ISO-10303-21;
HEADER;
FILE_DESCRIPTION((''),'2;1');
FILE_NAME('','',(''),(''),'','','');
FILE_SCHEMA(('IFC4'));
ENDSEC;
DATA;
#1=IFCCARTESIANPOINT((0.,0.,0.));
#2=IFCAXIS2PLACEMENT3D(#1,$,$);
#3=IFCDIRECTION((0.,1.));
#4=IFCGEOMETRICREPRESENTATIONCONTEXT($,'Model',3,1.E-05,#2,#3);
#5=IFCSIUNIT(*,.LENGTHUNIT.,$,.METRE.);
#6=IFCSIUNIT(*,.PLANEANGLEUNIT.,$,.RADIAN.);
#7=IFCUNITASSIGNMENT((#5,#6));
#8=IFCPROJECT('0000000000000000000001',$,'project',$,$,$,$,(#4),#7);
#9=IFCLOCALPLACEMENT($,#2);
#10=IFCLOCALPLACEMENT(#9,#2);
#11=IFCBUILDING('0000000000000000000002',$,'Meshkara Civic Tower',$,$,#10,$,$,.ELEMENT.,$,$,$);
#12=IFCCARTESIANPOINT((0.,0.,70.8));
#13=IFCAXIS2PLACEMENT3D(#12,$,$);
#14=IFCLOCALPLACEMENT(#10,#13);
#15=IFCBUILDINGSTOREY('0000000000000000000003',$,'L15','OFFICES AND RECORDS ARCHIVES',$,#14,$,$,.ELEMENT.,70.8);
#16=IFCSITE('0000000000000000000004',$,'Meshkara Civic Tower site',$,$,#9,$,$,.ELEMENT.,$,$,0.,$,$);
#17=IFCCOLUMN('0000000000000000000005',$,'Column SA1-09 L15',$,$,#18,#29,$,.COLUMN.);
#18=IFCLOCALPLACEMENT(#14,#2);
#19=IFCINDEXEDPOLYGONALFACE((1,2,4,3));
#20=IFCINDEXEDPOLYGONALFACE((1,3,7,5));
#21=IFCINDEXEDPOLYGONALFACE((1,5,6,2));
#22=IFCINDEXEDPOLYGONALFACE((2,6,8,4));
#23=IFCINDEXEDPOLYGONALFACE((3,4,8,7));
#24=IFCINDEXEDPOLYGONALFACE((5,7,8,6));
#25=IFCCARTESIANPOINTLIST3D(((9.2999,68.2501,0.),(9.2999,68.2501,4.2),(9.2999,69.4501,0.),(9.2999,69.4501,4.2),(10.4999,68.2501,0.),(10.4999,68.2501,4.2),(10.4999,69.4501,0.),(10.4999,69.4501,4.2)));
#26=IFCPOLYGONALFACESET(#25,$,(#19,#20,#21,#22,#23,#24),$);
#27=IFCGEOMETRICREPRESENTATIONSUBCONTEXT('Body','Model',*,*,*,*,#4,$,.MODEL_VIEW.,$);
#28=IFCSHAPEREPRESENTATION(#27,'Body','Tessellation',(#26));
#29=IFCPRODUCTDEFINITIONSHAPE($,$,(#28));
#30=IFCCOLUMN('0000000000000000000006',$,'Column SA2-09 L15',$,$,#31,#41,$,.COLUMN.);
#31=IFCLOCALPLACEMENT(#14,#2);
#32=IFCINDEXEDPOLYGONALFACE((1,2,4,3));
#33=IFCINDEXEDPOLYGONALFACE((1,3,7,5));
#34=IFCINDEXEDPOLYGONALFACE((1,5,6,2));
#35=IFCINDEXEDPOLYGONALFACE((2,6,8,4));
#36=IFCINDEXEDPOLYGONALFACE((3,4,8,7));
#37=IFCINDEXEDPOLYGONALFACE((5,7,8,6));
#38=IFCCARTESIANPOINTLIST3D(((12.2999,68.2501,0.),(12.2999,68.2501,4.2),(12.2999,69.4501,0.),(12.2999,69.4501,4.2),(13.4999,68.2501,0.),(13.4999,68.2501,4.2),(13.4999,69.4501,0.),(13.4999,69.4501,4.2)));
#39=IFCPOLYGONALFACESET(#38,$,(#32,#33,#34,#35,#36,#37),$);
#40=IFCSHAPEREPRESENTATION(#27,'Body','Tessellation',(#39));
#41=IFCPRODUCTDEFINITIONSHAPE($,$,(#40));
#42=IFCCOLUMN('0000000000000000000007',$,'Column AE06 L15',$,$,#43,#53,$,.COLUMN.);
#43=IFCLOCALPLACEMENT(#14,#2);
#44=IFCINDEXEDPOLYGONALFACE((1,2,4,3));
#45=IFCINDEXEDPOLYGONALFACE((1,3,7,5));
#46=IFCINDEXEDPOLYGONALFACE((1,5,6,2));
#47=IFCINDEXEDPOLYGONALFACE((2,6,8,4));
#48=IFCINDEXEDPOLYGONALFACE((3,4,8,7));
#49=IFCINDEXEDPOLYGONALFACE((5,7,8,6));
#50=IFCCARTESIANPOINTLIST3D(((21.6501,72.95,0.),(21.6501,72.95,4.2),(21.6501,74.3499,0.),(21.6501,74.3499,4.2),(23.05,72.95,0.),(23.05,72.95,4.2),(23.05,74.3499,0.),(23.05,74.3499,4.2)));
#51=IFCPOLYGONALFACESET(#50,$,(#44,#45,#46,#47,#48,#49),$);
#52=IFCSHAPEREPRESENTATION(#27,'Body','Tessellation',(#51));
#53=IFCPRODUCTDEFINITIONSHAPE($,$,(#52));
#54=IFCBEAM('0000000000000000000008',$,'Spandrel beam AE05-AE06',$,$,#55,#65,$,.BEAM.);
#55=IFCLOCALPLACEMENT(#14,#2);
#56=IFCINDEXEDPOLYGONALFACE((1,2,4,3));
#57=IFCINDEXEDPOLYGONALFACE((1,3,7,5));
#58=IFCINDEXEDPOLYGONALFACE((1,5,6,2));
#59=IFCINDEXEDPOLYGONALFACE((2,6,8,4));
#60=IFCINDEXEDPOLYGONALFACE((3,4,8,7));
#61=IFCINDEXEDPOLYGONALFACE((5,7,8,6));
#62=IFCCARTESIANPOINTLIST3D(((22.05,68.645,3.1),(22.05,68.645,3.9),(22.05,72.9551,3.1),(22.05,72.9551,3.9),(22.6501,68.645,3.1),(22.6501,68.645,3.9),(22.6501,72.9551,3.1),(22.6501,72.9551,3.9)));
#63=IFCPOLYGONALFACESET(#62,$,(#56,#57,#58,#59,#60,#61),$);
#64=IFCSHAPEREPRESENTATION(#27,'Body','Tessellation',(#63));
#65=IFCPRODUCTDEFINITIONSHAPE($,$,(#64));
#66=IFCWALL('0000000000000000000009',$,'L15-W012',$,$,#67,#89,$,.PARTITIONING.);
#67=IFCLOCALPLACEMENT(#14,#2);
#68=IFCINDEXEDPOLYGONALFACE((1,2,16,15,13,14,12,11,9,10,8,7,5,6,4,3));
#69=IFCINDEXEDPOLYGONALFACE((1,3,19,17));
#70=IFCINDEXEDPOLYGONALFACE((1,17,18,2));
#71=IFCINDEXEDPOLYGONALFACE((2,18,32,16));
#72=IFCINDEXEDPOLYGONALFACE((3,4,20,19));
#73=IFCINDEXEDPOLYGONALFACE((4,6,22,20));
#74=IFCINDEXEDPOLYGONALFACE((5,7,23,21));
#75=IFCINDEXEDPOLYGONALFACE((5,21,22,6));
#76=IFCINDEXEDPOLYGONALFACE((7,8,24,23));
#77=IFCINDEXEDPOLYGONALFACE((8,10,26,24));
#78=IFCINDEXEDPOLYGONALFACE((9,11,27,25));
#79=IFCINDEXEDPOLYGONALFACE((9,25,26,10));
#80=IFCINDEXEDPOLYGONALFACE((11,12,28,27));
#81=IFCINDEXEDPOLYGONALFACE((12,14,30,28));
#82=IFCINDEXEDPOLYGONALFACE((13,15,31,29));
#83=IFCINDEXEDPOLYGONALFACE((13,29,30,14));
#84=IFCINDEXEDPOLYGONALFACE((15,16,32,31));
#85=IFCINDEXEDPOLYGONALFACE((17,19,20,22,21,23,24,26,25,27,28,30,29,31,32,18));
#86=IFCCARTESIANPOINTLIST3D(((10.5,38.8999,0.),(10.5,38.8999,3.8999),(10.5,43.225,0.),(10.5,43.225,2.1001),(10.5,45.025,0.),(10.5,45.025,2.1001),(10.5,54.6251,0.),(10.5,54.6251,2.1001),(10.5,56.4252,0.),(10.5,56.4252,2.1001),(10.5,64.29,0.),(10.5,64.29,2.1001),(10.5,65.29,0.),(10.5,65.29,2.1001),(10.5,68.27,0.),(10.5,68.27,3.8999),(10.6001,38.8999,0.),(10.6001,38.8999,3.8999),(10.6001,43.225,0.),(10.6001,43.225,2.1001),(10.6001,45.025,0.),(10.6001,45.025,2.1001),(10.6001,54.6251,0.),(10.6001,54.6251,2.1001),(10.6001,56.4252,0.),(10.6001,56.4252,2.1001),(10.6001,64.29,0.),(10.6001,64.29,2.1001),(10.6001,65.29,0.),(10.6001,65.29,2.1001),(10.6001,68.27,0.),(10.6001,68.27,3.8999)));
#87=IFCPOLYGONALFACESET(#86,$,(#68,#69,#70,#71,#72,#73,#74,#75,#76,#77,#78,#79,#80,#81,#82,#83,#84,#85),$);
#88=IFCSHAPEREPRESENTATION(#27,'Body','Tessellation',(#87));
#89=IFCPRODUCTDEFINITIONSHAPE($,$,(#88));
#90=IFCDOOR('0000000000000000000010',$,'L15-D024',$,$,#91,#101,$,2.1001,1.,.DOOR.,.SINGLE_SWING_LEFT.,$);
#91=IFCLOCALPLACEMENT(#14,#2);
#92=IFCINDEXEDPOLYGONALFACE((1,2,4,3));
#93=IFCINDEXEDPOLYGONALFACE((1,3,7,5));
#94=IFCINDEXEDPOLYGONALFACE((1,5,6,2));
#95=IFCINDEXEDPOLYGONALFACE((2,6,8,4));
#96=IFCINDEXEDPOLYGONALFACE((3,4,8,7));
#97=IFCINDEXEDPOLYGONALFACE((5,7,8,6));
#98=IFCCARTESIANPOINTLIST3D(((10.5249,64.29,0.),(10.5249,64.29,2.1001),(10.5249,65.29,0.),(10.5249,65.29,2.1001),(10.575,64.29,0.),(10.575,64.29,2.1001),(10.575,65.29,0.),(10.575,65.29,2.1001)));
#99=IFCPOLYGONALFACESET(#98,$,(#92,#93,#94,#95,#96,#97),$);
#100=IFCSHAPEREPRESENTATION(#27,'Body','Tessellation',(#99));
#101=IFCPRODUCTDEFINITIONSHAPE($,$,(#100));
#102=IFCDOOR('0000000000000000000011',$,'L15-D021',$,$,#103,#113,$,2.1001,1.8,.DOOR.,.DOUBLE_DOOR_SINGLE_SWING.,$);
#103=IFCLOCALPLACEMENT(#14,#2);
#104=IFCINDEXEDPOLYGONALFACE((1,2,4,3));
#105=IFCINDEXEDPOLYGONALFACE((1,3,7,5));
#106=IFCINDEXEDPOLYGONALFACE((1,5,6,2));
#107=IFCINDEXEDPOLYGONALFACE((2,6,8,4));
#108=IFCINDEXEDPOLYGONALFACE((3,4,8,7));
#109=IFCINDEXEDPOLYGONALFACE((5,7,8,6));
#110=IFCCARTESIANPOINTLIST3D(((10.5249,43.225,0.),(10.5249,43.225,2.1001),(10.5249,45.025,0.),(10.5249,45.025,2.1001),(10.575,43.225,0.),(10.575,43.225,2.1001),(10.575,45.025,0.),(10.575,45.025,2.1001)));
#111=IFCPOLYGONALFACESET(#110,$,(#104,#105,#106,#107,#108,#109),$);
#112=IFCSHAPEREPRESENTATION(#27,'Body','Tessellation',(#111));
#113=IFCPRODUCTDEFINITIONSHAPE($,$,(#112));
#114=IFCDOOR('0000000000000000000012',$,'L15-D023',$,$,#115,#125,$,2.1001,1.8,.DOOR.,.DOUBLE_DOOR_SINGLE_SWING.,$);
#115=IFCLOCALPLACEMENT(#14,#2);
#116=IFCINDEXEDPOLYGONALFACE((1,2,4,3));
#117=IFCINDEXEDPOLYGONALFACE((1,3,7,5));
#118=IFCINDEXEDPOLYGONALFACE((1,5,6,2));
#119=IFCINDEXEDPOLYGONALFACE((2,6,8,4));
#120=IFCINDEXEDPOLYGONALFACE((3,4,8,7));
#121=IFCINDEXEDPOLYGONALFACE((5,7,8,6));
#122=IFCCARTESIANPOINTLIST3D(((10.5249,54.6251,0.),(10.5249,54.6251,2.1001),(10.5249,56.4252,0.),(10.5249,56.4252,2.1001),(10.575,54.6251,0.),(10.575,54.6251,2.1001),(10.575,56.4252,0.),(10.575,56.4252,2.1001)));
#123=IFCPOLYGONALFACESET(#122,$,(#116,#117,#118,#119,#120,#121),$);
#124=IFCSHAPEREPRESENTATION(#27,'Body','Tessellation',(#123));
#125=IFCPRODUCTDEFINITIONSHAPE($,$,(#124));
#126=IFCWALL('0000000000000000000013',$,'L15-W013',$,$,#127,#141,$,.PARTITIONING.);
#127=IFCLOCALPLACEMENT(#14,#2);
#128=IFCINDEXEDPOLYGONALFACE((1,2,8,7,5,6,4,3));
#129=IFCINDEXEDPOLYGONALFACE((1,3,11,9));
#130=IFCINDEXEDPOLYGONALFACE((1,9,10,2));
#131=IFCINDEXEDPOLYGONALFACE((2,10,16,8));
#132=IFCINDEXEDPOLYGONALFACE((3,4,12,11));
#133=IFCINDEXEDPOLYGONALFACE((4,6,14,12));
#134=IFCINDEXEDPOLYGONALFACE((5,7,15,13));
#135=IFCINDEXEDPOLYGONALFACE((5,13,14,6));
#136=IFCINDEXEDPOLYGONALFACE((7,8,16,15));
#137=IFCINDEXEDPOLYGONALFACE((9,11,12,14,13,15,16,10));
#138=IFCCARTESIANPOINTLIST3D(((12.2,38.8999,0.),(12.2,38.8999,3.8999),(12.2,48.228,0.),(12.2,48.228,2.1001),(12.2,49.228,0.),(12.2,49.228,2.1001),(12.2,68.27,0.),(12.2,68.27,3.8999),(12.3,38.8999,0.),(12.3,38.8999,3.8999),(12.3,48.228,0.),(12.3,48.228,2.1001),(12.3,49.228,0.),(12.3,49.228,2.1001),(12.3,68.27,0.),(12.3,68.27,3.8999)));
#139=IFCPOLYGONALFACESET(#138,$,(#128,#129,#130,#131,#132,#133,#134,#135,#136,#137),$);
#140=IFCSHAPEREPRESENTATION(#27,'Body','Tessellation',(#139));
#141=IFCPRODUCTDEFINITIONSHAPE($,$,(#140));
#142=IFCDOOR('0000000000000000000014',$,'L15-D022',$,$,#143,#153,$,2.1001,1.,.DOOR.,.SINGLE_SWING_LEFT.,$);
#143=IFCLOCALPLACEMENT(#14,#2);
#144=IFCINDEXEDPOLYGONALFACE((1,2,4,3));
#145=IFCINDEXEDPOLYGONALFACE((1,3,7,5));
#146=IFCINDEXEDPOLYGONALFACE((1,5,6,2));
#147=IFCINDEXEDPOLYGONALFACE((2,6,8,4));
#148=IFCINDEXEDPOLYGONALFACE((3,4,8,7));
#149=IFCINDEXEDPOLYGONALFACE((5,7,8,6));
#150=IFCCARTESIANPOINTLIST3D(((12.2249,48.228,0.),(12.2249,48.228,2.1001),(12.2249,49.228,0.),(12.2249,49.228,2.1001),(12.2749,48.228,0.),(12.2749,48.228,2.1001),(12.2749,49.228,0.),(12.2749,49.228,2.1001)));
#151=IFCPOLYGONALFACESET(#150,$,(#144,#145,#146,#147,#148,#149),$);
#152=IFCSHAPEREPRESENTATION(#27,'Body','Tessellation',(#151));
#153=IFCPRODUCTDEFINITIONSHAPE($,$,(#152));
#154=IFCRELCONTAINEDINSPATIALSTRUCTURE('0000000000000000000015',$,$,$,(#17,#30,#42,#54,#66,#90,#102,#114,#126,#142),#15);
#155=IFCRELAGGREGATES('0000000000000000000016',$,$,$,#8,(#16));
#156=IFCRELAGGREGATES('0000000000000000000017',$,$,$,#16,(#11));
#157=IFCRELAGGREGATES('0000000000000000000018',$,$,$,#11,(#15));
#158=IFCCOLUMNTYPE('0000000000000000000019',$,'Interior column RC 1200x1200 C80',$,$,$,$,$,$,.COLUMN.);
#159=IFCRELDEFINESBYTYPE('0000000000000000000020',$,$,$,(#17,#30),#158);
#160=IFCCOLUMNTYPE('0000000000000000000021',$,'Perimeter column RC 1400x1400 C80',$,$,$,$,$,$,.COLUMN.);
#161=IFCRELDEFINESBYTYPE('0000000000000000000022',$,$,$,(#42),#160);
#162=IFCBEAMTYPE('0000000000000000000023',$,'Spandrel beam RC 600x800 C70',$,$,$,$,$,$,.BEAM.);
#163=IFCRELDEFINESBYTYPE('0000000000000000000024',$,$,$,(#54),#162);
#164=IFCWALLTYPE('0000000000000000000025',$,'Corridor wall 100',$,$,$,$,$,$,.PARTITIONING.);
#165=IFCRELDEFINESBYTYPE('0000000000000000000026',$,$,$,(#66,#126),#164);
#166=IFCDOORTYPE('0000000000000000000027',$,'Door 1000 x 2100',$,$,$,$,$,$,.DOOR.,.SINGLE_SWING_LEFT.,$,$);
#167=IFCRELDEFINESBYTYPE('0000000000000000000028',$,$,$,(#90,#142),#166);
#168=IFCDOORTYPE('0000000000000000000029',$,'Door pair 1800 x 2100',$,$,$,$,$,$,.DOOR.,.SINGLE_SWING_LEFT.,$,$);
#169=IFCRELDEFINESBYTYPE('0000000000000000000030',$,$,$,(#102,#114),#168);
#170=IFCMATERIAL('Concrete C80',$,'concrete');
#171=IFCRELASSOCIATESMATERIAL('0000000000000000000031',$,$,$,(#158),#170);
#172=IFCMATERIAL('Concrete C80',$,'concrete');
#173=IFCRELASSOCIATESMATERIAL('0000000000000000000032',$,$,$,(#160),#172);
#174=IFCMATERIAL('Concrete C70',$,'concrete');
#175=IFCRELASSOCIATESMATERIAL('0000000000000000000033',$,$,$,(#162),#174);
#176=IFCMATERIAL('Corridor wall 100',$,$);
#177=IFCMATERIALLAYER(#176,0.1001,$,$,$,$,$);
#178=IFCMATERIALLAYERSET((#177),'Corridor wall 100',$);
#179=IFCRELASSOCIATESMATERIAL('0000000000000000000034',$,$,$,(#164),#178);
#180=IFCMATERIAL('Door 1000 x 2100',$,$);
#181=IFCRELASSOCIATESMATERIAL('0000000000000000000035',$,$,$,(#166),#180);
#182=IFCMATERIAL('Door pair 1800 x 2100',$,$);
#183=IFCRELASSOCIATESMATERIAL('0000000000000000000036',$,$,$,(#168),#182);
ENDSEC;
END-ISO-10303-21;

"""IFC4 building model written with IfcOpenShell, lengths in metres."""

from ifc_helpers import new_model, si_unit, direction, frame, frame_2d, origin, origin_2d, place, context, subcontext, project, spatial, rectangle, extrude, material, layer, layer_set, material_profile, profile_set, type_object, element, fill, save


model = new_model("IFC4")

# Units and contexts
model_context = context("Model", 3, precision=1e-05, world=origin(), true_north=direction((0.0, 1.0)))
body_context = subcontext(model_context, "Body", "Model", "MODEL_VIEW")
ifc_project = project(units=[si_unit("LENGTHUNIT", "METRE"), si_unit("PLANEANGLEUNIT", "RADIAN")], contexts=[model_context])

# Site, building, storey
site_placement = place(None, origin())
site = spatial("IfcSite", under=ifc_project, at=site_placement, Name="Meshkara Civic Tower site", CompositionType="ELEMENT", RefElevation=0.0)
building_placement = place(site_placement, origin())
building = spatial("IfcBuilding", under=site, at=building_placement, Name="Meshkara Civic Tower", CompositionType="ELEMENT")
storey_placement = place(building_placement, frame((0.0, 0.0, 70.8)))
storey = spatial("IfcBuildingStorey", under=building, at=storey_placement, Name="L15", Description="OFFICES AND RECORDS ARCHIVES", CompositionType="ELEMENT", Elevation=70.8)

# Columns
ifc_material_1 = material(Name="Concrete C80", Category="concrete")
ifc_material_profile_1 = material_profile(ifc_material_1, rectangle(XDim=1.2, YDim=1.2, at=origin_2d()))
ifc_profile_set_1 = profile_set([ifc_material_profile_1], Name="Concrete C80")
column_type_1 = type_object("IfcColumnType", Name="Interior column RC 1200x1200 C80", PredefinedType="COLUMN", material=ifc_profile_set_1)
for number, where, z_axis, x_axis, name in (
    (1, (9.8999, 68.8501, 0.0), (0.0, 0.0, 1.0), (1.0, 0.0, 0.0), "Column SA1-09 L15"),
    (2, (12.8999, 68.8501, 0.0), (0.0, 0.0, 1.0), (1.0, 0.0, 0.0), "Column SA2-09 L15"),
):
    element("IfcColumn", number, at=place(storey_placement, frame(where, z_axis=z_axis, x_axis=x_axis)), inside=storey, type_object=column_type_1, Name=name, PredefinedType="COLUMN", context=body_context, shape_type="SweptSolid", body=[
        extrude(rectangle(XDim=1.2, YDim=1.2, at=origin_2d()), origin(), (0.0, 0.0, 1.0), 4.2),
    ])
ifc_material_2 = material(Name="Concrete C80", Category="concrete")
ifc_material_profile_2 = material_profile(ifc_material_2, rectangle(XDim=1.3999, YDim=1.3999, at=origin_2d()))
ifc_profile_set_2 = profile_set([ifc_material_profile_2], Name="Concrete C80")
column_type_2 = type_object("IfcColumnType", Name="Perimeter column RC 1400x1400 C80", PredefinedType="COLUMN", material=ifc_profile_set_2)
column_placement = place(storey_placement, frame((22.3501, 73.6499, 0.0), z_axis=(0.0, 0.0, 1.0), x_axis=(1.0, 0.0, 0.0)))
element("IfcColumn", 3, at=column_placement, inside=storey, type_object=column_type_2, Name="Column AE06 L15", PredefinedType="COLUMN", context=body_context, shape_type="SweptSolid", body=[
    extrude(rectangle(XDim=1.3999, YDim=1.3999, at=origin_2d()), origin(), (0.0, 0.0, 1.0), 4.2),
])

# Beam
ifc_material_3 = material(Name="Concrete C70", Category="concrete")
ifc_material_profile_3 = material_profile(ifc_material_3, rectangle(XDim=0.6001, YDim=0.8, at=origin_2d()))
ifc_profile_set_3 = profile_set([ifc_material_profile_3], Name="Concrete C70")
beam_type = type_object("IfcBeamType", Name="Spandrel beam RC 600x800 C70", PredefinedType="BEAM", material=ifc_profile_set_3)
beam_placement = place(storey_placement, frame((22.3501, 68.645, 3.5), z_axis=(0.0, 1.0, 0.0), x_axis=(-1.0, 0.0, 0.0)))
element("IfcBeam", 4, at=beam_placement, inside=storey, type_object=beam_type, Name="Spandrel beam AE05-AE06", PredefinedType="BEAM", context=body_context, shape_type="SweptSolid", body=[
    extrude(rectangle(XDim=0.6001, YDim=0.8, at=origin_2d()), origin(), (0.0, 0.0, 1.0), 4.3101),
])

# Wall, openings, doors
ifc_material_4 = material(Name="Corridor wall 100")
ifc_layer_1 = layer(ifc_material_4, 0.1001)
ifc_layer_set_1 = layer_set([ifc_layer_1], Name="Corridor wall 100")
wall_type_1 = type_object("IfcWallType", Name="Corridor wall 100", PredefinedType="PARTITIONING", material=ifc_layer_set_1)
wall_1_placement = place(storey_placement, frame((10.55, 68.27, 0.0), z_axis=(0.0, 0.0, 1.0), x_axis=(0.0, -1.0, 0.0)))
wall_1 = element("IfcWall", 5, at=wall_1_placement, inside=storey, type_object=wall_type_1, Name="L15-W012", PredefinedType="PARTITIONING", context=body_context, shape_type="SweptSolid", body=[
    extrude(rectangle(XDim=29.3701, YDim=0.1001, at=frame_2d((14.6851, 0.0))), origin(), (0.0, 0.0, 1.0), 3.8999),
])
opening_1_placement = place(wall_1_placement, frame((23.2451, 0.0, 0.0)))
opening_1 = element("IfcOpeningElement", 6, at=opening_1_placement, cuts=wall_1, PredefinedType="OPENING", context=body_context, shape_type="SweptSolid", body=[
    extrude(rectangle(XDim=1.8, YDim=2.1001, at=frame_2d((0.8999, 1.05))), frame((0.0, 0.0601, 0.0), z_axis=(0.0, -1.0, 0.0), x_axis=(1.0, 0.0, 0.0)), (0.0, 0.0, 1.0), 0.1201),
])
opening_2_placement = place(wall_1_placement, frame((11.845, 0.0, 0.0)))
opening_2 = element("IfcOpeningElement", 7, at=opening_2_placement, cuts=wall_1, PredefinedType="OPENING", context=body_context, shape_type="SweptSolid", body=[
    extrude(rectangle(XDim=1.8, YDim=2.1001, at=frame_2d((0.8999, 1.05))), frame((0.0, 0.0601, 0.0), z_axis=(0.0, -1.0, 0.0), x_axis=(1.0, 0.0, 0.0)), (0.0, 0.0, 1.0), 0.1201),
])
opening_3_placement = place(wall_1_placement, frame((2.98, 0.0, 0.0)))
opening_3 = element("IfcOpeningElement", 8, at=opening_3_placement, cuts=wall_1, PredefinedType="OPENING", context=body_context, shape_type="SweptSolid", body=[
    extrude(rectangle(XDim=1.0, YDim=2.1001, at=frame_2d((0.5, 1.05))), frame((0.0, 0.0601, 0.0), z_axis=(0.0, -1.0, 0.0), x_axis=(1.0, 0.0, 0.0)), (0.0, 0.0, 1.0), 0.1201),
])
ifc_material_5 = material(Name="Door 1000 x 2100")
door_type_1 = type_object("IfcDoorType", Name="Door 1000 x 2100", OperationType="SINGLE_SWING_LEFT", PredefinedType="DOOR", material=ifc_material_5)
door_1_placement = place(opening_3_placement, origin())
door_1 = element("IfcDoor", 9, at=door_1_placement, inside=storey, type_object=door_type_1, Name="L15-D024", OperationType="SINGLE_SWING_LEFT", OverallHeight=2.1001, OverallWidth=1.0, PredefinedType="DOOR", context=body_context, shape_type="SweptSolid", body=[
    extrude(rectangle(XDim=1.0, YDim=2.1001, at=frame_2d((0.5, 1.05))), frame((0.0, 0.0249, 0.0), z_axis=(0.0, -1.0, 0.0), x_axis=(1.0, 0.0, 0.0)), (0.0, 0.0, 1.0), 0.05),
])
fill(opening_3, door_1)
ifc_material_6 = material(Name="Door pair 1800 x 2100")
door_type_2 = type_object("IfcDoorType", Name="Door pair 1800 x 2100", OperationType="SINGLE_SWING_LEFT", PredefinedType="DOOR", material=ifc_material_6)
door_2_placement = place(opening_1_placement, origin())
door_2 = element("IfcDoor", 10, at=door_2_placement, inside=storey, type_object=door_type_2, Name="L15-D021", OperationType="DOUBLE_DOOR_SINGLE_SWING", OverallHeight=2.1001, OverallWidth=1.8, PredefinedType="DOOR", context=body_context, shape_type="SweptSolid", body=[
    extrude(rectangle(XDim=1.8, YDim=2.1001, at=frame_2d((0.8999, 1.05))), frame((0.0, 0.0249, 0.0), z_axis=(0.0, -1.0, 0.0), x_axis=(1.0, 0.0, 0.0)), (0.0, 0.0, 1.0), 0.05),
])
fill(opening_1, door_2)
door_3_placement = place(opening_2_placement, origin())
door_3 = element("IfcDoor", 11, at=door_3_placement, inside=storey, type_object=door_type_2, Name="L15-D023", OperationType="DOUBLE_DOOR_SINGLE_SWING", OverallHeight=2.1001, OverallWidth=1.8, PredefinedType="DOOR", context=body_context, shape_type="SweptSolid", body=[
    extrude(rectangle(XDim=1.8, YDim=2.1001, at=frame_2d((0.8999, 1.05))), frame((0.0, 0.0249, 0.0), z_axis=(0.0, -1.0, 0.0), x_axis=(1.0, 0.0, 0.0)), (0.0, 0.0, 1.0), 0.05),
])
fill(opening_2, door_3)

# Wall, opening, door
wall_2_placement = place(storey_placement, frame((12.25, 68.27, 0.0), z_axis=(0.0, 0.0, 1.0), x_axis=(0.0, -1.0, 0.0)))
wall_2 = element("IfcWall", 12, at=wall_2_placement, inside=storey, type_object=wall_type_1, Name="L15-W013", PredefinedType="PARTITIONING", context=body_context, shape_type="SweptSolid", body=[
    extrude(rectangle(XDim=29.3701, YDim=0.1001, at=frame_2d((14.6851, 0.0))), origin(), (0.0, 0.0, 1.0), 3.8999),
])
opening_4_placement = place(wall_2_placement, frame((19.042, 0.0, 0.0)))
opening_4 = element("IfcOpeningElement", 13, at=opening_4_placement, cuts=wall_2, PredefinedType="OPENING", context=body_context, shape_type="SweptSolid", body=[
    extrude(rectangle(XDim=1.0, YDim=2.1001, at=frame_2d((0.5, 1.05))), frame((0.0, 0.0601, 0.0), z_axis=(0.0, -1.0, 0.0), x_axis=(1.0, 0.0, 0.0)), (0.0, 0.0, 1.0), 0.1201),
])
door_4_placement = place(opening_4_placement, origin())
door_4 = element("IfcDoor", 14, at=door_4_placement, inside=storey, type_object=door_type_1, Name="L15-D022", OperationType="SINGLE_SWING_LEFT", OverallHeight=2.1001, OverallWidth=1.0, PredefinedType="DOOR", context=body_context, shape_type="SweptSolid", body=[
    extrude(rectangle(XDim=1.0, YDim=2.1001, at=frame_2d((0.5, 1.05))), frame((0.0, 0.0249, 0.0), z_axis=(0.0, -1.0, 0.0), x_axis=(1.0, 0.0, 0.0)), (0.0, 0.0, 1.0), 0.05),
])
fill(opening_4, door_4)

save(model, "model.ifc")
